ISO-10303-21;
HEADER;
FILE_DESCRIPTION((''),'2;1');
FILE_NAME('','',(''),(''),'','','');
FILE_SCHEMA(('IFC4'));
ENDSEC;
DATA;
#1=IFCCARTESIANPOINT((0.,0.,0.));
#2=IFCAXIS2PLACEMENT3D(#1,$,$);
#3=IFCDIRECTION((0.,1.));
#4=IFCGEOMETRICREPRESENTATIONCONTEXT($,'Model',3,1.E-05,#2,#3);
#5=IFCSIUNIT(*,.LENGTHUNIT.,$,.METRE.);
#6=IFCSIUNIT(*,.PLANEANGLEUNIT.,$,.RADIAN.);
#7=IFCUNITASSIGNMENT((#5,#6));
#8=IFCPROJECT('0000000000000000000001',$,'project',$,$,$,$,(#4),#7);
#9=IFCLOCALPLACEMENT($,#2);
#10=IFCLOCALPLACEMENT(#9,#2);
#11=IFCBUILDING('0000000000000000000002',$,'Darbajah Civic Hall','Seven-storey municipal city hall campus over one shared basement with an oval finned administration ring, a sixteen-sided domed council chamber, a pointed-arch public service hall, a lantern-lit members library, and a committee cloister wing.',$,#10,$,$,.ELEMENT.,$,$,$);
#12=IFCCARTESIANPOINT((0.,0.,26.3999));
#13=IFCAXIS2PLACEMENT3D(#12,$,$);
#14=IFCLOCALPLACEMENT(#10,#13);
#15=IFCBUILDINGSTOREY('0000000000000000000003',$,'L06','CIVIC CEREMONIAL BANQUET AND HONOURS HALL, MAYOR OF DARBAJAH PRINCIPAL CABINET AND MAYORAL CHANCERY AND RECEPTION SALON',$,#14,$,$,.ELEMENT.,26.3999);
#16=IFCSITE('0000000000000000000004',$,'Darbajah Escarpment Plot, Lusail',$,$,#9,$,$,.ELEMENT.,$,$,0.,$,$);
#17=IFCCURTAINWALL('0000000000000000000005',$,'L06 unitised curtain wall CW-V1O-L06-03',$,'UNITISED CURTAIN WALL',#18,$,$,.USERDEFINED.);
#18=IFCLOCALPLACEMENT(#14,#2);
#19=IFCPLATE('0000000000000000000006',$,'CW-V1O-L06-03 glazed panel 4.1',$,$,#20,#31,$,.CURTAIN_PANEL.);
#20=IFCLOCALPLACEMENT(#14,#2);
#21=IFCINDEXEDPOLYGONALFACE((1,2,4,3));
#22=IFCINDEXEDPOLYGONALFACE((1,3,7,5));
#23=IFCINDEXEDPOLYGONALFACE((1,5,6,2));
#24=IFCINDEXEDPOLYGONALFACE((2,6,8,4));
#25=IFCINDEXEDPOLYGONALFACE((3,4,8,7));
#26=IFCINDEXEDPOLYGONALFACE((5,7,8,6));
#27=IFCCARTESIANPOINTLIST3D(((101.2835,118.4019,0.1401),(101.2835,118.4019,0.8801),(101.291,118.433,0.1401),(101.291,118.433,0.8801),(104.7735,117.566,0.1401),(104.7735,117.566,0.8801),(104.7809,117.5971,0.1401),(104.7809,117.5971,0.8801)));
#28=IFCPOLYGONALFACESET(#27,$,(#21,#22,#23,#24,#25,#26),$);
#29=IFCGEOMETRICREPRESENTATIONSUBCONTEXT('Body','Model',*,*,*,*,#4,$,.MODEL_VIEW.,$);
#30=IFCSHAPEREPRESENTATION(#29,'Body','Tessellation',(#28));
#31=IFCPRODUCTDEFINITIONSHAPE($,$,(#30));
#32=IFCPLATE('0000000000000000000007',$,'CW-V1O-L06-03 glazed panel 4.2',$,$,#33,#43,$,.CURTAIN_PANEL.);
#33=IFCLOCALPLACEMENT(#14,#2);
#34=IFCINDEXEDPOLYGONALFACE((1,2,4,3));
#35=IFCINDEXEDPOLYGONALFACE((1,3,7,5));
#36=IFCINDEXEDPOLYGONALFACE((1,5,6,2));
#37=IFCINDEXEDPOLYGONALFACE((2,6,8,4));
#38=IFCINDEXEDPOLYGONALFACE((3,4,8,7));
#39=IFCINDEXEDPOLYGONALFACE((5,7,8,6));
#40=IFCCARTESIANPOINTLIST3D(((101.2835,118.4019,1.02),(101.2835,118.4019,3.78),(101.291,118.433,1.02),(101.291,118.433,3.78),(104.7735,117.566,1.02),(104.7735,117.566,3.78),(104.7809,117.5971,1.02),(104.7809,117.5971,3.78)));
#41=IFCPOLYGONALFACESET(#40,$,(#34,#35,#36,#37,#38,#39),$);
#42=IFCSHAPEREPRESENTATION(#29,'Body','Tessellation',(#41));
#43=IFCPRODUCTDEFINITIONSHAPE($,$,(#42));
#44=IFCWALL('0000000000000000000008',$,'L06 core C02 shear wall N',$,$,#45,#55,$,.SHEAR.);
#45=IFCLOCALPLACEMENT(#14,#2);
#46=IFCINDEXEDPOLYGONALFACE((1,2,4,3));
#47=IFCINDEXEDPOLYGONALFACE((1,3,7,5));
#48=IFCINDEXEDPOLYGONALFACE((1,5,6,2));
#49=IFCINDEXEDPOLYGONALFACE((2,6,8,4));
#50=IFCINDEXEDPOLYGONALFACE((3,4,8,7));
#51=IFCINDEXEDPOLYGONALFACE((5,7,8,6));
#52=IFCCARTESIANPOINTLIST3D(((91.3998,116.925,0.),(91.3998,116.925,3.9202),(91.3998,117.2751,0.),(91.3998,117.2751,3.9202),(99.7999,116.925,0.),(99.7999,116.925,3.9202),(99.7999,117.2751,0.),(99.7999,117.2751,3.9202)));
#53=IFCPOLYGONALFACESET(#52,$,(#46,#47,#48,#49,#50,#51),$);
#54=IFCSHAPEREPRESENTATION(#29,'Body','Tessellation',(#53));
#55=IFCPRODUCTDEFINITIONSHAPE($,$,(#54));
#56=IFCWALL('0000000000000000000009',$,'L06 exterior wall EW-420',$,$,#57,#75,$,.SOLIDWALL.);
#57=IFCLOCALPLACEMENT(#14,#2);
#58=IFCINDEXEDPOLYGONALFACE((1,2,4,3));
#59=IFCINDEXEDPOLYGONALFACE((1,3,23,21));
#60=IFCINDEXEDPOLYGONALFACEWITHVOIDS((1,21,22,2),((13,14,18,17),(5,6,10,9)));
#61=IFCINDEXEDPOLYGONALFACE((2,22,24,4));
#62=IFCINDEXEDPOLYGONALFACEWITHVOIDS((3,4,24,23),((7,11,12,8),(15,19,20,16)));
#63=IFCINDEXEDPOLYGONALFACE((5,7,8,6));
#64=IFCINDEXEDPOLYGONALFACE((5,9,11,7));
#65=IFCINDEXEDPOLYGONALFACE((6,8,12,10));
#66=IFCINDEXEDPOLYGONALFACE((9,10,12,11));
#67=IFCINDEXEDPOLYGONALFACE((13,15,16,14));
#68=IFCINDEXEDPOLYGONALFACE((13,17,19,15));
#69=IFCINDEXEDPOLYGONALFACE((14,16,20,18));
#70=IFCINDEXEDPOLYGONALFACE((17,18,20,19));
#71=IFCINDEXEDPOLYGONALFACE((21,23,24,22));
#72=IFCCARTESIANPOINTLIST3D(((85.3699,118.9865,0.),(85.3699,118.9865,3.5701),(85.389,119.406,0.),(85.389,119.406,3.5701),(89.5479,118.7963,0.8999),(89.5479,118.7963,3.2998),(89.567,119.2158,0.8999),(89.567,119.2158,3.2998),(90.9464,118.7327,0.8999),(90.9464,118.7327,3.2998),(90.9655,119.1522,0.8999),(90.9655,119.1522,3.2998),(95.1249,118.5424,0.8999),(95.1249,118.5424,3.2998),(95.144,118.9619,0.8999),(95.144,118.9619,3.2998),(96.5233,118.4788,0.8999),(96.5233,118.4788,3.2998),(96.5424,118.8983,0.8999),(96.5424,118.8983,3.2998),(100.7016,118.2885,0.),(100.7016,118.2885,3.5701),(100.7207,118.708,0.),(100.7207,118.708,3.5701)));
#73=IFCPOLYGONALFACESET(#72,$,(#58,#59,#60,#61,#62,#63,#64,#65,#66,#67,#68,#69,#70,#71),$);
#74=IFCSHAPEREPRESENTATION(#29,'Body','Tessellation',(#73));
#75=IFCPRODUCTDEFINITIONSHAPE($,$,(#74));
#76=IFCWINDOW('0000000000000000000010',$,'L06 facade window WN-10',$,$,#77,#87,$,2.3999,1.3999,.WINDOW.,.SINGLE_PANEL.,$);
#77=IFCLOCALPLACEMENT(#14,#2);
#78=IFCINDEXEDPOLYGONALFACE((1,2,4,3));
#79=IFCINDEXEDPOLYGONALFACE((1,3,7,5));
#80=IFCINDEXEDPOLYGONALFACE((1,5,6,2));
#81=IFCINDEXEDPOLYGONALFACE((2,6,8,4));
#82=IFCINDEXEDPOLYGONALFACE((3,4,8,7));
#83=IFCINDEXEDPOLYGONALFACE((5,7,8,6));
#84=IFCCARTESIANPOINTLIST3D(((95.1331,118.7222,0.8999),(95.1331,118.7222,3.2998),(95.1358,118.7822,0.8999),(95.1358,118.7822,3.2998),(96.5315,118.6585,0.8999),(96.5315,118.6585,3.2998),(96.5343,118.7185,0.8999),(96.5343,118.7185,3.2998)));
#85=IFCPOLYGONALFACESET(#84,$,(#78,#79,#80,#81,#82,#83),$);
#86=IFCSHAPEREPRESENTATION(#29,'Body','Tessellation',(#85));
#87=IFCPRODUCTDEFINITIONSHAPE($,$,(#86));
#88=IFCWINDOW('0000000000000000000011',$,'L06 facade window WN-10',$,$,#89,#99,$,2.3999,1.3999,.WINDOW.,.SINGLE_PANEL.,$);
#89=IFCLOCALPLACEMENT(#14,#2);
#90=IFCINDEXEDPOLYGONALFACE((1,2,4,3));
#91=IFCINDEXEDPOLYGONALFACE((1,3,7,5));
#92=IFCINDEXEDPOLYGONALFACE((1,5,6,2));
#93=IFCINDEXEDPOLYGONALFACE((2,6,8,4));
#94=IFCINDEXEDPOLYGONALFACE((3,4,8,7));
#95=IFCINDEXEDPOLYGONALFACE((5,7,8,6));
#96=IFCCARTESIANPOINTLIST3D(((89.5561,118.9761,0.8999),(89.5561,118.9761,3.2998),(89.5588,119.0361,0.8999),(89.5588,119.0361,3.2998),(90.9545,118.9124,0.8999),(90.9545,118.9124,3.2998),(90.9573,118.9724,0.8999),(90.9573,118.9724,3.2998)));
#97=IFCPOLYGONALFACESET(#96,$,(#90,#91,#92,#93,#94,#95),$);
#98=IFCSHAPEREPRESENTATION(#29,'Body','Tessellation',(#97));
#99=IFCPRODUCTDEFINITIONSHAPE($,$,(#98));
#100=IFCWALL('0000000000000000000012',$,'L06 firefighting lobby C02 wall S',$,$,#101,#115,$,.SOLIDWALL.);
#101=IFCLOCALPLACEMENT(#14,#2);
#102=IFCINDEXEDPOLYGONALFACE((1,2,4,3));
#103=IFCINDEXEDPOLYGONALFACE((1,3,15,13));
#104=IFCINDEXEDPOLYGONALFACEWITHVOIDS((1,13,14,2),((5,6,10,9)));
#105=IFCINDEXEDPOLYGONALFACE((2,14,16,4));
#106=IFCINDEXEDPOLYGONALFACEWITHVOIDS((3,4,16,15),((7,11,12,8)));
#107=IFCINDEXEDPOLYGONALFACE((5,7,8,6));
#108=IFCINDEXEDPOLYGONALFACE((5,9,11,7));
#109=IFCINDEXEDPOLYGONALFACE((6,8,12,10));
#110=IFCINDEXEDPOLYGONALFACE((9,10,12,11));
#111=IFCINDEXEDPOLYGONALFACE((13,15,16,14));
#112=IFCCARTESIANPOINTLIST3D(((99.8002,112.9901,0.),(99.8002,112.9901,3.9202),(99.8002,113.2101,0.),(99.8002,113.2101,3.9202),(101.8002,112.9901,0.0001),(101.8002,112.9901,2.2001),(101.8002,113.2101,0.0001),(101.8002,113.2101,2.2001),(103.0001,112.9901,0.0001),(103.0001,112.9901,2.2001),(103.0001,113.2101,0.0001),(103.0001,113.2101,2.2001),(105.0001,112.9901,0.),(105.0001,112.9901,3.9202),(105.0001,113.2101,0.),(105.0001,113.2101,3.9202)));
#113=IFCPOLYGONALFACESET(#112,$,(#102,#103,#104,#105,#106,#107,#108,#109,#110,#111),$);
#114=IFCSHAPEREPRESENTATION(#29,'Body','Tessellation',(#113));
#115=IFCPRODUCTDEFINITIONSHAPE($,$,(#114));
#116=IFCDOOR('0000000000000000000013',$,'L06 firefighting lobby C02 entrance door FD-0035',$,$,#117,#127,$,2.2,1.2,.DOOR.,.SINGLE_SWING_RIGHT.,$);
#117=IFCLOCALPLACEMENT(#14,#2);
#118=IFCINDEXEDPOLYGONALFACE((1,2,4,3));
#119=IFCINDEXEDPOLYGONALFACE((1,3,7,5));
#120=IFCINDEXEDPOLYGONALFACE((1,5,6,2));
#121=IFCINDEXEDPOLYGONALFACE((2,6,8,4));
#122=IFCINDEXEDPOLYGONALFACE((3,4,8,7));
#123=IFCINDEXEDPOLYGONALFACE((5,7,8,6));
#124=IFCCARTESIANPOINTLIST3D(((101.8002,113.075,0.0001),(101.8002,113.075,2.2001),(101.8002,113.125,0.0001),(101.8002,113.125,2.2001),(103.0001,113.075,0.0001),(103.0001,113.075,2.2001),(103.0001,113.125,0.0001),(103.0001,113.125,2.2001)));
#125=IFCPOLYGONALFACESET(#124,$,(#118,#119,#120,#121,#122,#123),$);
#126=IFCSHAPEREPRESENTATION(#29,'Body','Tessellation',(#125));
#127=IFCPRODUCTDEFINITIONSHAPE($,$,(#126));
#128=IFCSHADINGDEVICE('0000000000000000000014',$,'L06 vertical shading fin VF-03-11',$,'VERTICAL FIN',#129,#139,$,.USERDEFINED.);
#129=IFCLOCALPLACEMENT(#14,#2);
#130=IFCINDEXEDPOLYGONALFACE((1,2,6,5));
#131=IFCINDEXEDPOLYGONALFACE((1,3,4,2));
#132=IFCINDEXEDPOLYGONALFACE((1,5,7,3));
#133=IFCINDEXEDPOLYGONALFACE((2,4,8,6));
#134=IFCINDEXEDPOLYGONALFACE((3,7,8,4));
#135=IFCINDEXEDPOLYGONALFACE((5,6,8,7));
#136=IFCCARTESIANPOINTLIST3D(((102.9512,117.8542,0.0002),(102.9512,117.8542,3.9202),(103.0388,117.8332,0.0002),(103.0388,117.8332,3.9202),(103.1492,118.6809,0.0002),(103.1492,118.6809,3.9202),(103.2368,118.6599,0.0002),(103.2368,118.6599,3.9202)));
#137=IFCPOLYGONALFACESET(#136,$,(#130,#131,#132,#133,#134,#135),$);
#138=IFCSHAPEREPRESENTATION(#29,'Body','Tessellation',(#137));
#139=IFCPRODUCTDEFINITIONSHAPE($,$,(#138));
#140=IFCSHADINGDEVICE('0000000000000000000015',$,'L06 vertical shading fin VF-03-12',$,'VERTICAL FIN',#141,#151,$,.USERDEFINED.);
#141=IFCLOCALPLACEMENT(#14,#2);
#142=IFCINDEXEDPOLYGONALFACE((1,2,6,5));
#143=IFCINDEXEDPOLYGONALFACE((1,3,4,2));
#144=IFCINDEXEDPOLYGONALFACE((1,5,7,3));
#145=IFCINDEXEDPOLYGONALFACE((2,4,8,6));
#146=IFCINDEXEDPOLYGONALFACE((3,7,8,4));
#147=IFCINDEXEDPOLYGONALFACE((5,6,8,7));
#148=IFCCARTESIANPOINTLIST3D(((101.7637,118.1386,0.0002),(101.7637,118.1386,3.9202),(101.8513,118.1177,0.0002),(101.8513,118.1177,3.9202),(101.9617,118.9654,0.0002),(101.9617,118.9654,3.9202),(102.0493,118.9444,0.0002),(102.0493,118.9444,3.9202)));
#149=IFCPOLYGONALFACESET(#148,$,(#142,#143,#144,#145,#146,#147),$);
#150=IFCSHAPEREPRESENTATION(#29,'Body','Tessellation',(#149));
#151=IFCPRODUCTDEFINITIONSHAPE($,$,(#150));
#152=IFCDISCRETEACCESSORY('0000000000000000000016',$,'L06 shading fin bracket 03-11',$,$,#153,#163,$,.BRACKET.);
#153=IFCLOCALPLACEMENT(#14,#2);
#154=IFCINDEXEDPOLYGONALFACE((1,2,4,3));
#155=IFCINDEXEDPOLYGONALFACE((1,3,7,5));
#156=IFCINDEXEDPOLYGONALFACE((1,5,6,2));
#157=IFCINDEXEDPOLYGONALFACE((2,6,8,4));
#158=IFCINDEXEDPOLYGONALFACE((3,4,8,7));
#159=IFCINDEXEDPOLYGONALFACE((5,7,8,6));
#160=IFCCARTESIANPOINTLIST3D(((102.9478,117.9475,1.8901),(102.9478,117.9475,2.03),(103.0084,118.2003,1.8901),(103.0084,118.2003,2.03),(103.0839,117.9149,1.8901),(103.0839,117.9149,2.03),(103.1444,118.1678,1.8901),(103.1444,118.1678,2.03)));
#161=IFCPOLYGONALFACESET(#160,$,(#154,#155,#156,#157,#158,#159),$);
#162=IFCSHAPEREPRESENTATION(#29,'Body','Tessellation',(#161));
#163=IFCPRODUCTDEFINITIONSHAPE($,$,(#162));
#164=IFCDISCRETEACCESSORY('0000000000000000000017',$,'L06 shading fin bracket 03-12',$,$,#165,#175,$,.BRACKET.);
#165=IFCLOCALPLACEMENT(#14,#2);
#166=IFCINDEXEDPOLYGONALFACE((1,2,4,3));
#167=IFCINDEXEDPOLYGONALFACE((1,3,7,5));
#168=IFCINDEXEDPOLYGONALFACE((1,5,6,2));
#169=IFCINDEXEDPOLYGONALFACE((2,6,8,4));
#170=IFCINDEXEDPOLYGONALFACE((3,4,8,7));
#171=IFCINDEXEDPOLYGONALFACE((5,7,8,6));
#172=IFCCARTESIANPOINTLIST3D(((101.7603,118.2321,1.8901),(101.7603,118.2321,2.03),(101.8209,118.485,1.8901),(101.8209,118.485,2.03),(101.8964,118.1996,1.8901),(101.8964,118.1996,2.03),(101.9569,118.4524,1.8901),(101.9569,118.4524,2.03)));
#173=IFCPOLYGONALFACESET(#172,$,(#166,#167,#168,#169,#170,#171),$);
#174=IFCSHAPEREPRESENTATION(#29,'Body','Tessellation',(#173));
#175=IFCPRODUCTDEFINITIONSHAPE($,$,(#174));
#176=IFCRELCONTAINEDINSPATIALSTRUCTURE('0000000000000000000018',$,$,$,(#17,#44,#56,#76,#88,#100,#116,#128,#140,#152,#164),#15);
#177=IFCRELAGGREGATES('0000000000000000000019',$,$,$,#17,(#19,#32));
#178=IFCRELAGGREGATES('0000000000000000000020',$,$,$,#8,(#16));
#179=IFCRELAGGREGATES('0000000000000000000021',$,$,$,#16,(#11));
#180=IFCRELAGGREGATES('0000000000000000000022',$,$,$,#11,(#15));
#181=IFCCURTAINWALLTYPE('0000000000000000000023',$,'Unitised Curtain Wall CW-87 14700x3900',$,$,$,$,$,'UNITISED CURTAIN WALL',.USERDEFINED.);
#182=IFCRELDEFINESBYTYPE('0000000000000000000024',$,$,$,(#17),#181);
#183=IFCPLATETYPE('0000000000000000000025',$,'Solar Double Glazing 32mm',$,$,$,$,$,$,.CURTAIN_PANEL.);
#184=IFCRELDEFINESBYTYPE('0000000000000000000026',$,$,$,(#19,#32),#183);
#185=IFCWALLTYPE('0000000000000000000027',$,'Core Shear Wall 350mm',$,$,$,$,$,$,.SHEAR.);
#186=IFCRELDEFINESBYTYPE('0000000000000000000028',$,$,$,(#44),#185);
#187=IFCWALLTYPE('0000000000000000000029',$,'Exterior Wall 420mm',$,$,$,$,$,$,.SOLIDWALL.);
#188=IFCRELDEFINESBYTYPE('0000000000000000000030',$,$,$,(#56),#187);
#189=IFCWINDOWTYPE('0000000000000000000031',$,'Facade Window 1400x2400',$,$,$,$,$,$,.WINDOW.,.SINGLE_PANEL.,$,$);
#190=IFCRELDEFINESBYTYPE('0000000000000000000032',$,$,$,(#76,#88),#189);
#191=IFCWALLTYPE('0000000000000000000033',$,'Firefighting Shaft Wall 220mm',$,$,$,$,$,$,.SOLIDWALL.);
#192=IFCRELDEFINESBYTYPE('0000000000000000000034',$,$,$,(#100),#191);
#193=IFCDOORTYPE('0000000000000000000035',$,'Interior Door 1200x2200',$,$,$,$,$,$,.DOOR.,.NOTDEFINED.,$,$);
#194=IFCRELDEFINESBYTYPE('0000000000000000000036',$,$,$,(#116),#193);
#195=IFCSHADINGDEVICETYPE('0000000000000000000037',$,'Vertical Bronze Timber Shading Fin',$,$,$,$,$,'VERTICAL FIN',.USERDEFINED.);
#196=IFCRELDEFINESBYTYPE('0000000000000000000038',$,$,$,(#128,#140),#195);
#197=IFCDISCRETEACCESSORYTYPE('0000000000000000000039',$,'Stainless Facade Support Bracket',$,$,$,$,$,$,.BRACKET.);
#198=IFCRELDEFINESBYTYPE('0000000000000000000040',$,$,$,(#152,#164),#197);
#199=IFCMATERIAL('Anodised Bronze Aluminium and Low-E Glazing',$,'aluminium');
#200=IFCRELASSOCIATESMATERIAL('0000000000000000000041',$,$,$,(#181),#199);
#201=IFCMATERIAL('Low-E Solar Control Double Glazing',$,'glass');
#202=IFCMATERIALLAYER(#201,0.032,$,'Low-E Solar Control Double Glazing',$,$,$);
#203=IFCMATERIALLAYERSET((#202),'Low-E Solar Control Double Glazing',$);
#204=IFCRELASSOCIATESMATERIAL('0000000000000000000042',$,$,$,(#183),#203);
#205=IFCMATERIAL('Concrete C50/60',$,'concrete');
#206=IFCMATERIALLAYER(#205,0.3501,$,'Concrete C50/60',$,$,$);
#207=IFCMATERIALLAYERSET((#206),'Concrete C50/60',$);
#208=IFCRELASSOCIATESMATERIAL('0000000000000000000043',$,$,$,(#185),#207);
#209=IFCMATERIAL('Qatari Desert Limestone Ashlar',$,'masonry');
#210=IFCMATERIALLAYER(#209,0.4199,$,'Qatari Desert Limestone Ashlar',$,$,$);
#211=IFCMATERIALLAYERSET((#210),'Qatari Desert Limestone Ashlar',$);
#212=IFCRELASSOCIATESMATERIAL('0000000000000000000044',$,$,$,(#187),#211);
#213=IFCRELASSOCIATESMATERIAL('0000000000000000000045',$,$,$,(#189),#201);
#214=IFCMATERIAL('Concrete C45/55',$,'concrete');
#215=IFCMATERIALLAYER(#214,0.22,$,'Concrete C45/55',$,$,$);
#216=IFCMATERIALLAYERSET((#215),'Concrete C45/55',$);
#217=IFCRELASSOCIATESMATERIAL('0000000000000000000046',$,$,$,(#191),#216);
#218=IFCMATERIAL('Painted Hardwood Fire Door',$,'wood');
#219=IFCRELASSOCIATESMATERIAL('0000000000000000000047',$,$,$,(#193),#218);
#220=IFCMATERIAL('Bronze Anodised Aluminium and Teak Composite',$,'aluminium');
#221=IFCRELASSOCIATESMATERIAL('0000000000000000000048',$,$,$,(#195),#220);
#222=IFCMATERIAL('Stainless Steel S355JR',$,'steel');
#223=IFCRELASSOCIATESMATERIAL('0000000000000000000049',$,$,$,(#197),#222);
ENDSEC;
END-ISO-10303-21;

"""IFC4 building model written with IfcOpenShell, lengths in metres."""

from ifc_helpers import new_model, si_unit, direction, frame, frame_2d, origin, origin_2d, place, context, subcontext, project, spatial, rectangle, extrude, material, layer, layer_set, type_object, element, fill, aggregate, save


model = new_model("IFC4")

# Units and contexts
model_context = context("Model", 3, precision=1e-05, world=origin(), true_north=direction((0.0, 1.0)))
body_context = subcontext(model_context, "Body", "Model", "MODEL_VIEW")
ifc_project = project(units=[si_unit("LENGTHUNIT", "METRE"), si_unit("PLANEANGLEUNIT", "RADIAN")], contexts=[model_context])

# Site, building, storey
site_placement = place(None, origin())
site = spatial("IfcSite", under=ifc_project, at=site_placement, Name="Darbajah Escarpment Plot, Lusail", CompositionType="ELEMENT", RefElevation=0.0)
building_placement = place(site_placement, origin())
building = spatial("IfcBuilding", under=site, at=building_placement, Name="Darbajah Civic Hall", Description="Seven-storey municipal city hall campus over one shared basement with an oval finned administration ring, a sixteen-sided domed council chamber, a pointed-arch public service hall, a lantern-lit members library, and a committee cloister wing.", CompositionType="ELEMENT")
storey_placement = place(building_placement, frame((0.0, 0.0, 26.3999)))
storey = spatial("IfcBuildingStorey", under=building, at=storey_placement, Name="L06", Description="CIVIC CEREMONIAL BANQUET AND HONOURS HALL, MAYOR OF DARBAJAH PRINCIPAL CABINET AND MAYORAL CHANCERY AND RECEPTION SALON", CompositionType="ELEMENT", Elevation=26.3999)

# Shared definitions
ifc_material_1 = material(Name="Concrete C45/55", Category="concrete")

# Curtain wall
ifc_material_2 = material(Name="Anodised Bronze Aluminium and Low-E Glazing", Category="aluminium")
curtain_wall_type_1 = type_object("IfcCurtainWallType", Name="Unitised Curtain Wall CW-87 14700x3900", ElementType="UNITISED CURTAIN WALL", PredefinedType="USERDEFINED", material=ifc_material_2)
curtain_wall_1_placement = place(storey_placement, origin())
curtain_wall_1 = element("IfcCurtainWall", 1, at=curtain_wall_1_placement, inside=storey, type_object=curtain_wall_type_1, Name="L06 unitised curtain wall CW-V1O-L06-03", ObjectType="UNITISED CURTAIN WALL", PredefinedType="USERDEFINED")

# Plates
ifc_material_3 = material(Name="Low-E Solar Control Double Glazing", Category="glass")
ifc_layer_1 = layer(ifc_material_3, 0.032, Name="Low-E Solar Control Double Glazing")
ifc_layer_set_1 = layer_set([ifc_layer_1], Name="Low-E Solar Control Double Glazing")
plate_type_1 = type_object("IfcPlateType", Name="Solar Double Glazing 32mm", PredefinedType="CURTAIN_PANEL", material=ifc_layer_set_1)
plate_1_placement = place(storey_placement, frame((103.0322, 117.9995, 0.1401), z_axis=(0.0, 0.0, 1.0), x_axis=(-0.972492, 0.232936, 0.0)))
plate_1 = element("IfcPlate", 2, at=plate_1_placement, type_object=plate_type_1, Name="CW-V1O-L06-03 glazed panel 4.1", PredefinedType="CURTAIN_PANEL", context=body_context, shape_type="SweptSolid", body=[
    extrude(rectangle(XDim=3.5886, YDim=0.032, at=origin_2d()), origin(), (0.0, 0.0, 1.0), 0.74),
])
plate_2_placement = place(storey_placement, frame((103.0322, 117.9995, 1.02), z_axis=(0.0, 0.0, 1.0), x_axis=(-0.972492, 0.232936, 0.0)))
plate_2 = element("IfcPlate", 3, at=plate_2_placement, type_object=plate_type_1, Name="CW-V1O-L06-03 glazed panel 4.2", PredefinedType="CURTAIN_PANEL", context=body_context, shape_type="SweptSolid", body=[
    extrude(rectangle(XDim=3.5886, YDim=0.032, at=origin_2d()), origin(), (0.0, 0.0, 1.0), 2.76),
])
aggregate(curtain_wall_1, [plate_1, plate_2])

# Wall
ifc_material_4 = material(Name="Concrete C50/60", Category="concrete")
ifc_layer_2 = layer(ifc_material_4, 0.3501, Name="Concrete C50/60")
ifc_layer_set_2 = layer_set([ifc_layer_2], Name="Concrete C50/60")
wall_type_1 = type_object("IfcWallType", Name="Core Shear Wall 350mm", PredefinedType="SHEAR", material=ifc_layer_set_2)
wall_1_placement = place(storey_placement, frame((99.8, 117.1001, 0.0), z_axis=(0.0, 0.0, 1.0), x_axis=(-1.0, 0.0, 0.0)))
element("IfcWall", 4, at=wall_1_placement, inside=storey, type_object=wall_type_1, Name="L06 core C02 shear wall N", PredefinedType="SHEAR", context=body_context, shape_type="SweptSolid", body=[
    extrude(rectangle(XDim=8.4001, YDim=0.3501, at=frame_2d((4.2002, 0.0))), origin(), (0.0, 0.0, 1.0), 3.9202),
])

# Wall, openings, windows
ifc_material_5 = material(Name="Qatari Desert Limestone Ashlar", Category="masonry")
ifc_layer_3 = layer(ifc_material_5, 0.4199, Name="Qatari Desert Limestone Ashlar")
ifc_layer_set_3 = layer_set([ifc_layer_3], Name="Qatari Desert Limestone Ashlar")
wall_type_2 = type_object("IfcWallType", Name="Exterior Wall 420mm", PredefinedType="SOLIDWALL", material=ifc_layer_set_3)
wall_2_placement = place(storey_placement, frame((100.7112, 118.4983, 0.0), z_axis=(0.0, 0.0, 1.0), x_axis=(-0.998965, 0.045479, 0.0)))
wall_2 = element("IfcWall", 5, at=wall_2_placement, inside=storey, type_object=wall_type_2, Name="L06 exterior wall EW-420", PredefinedType="SOLIDWALL", context=body_context, shape_type="SweptSolid", body=[
    extrude(rectangle(XDim=15.3477, YDim=0.4199, at=frame_2d((7.6738, 0.0))), origin(), (0.0, 0.0, 1.0), 3.5701),
])
opening_1_placement = place(wall_2_placement, frame((4.1826, 0.0, 0.8999)))
opening_1 = element("IfcOpeningElement", 6, at=opening_1_placement, cuts=wall_2, PredefinedType="OPENING", context=body_context, shape_type="SweptSolid", body=[
    extrude(rectangle(XDim=1.3999, YDim=2.3999, at=frame_2d((0.7, 1.2))), frame((0.0, 0.22, 0.0), z_axis=(0.0, -1.0, 0.0), x_axis=(1.0, 0.0, 0.0)), (0.0, 0.0, 1.0), 0.4399),
])
opening_2_placement = place(wall_2_placement, frame((9.7654, 0.0, 0.8999)))
opening_2 = element("IfcOpeningElement", 7, at=opening_2_placement, cuts=wall_2, PredefinedType="OPENING", context=body_context, shape_type="SweptSolid", body=[
    extrude(rectangle(XDim=1.3999, YDim=2.3999, at=frame_2d((0.7, 1.2))), frame((0.0, 0.22, 0.0), z_axis=(0.0, -1.0, 0.0), x_axis=(1.0, 0.0, 0.0)), (0.0, 0.0, 1.0), 0.4399),
])
window_type = type_object("IfcWindowType", Name="Facade Window 1400x2400", PartitioningType="SINGLE_PANEL", PredefinedType="WINDOW", material=ifc_material_3)
window_1_placement = place(opening_1_placement, origin())
window_1 = element("IfcWindow", 8, at=window_1_placement, inside=storey, type_object=window_type, Name="L06 facade window WN-10", OverallHeight=2.3999, OverallWidth=1.3999, PartitioningType="SINGLE_PANEL", PredefinedType="WINDOW", context=body_context, shape_type="SweptSolid", body=[
    extrude(rectangle(XDim=1.3999, YDim=2.3999, at=frame_2d((0.7, 1.2))), frame((0.0, 0.03, 0.0), z_axis=(0.0, -1.0, 0.0), x_axis=(1.0, 0.0, 0.0)), (0.0, 0.0, 1.0), 0.0601),
])
fill(opening_1, window_1)
window_2_placement = place(opening_2_placement, origin())
window_2 = element("IfcWindow", 9, at=window_2_placement, inside=storey, type_object=window_type, Name="L06 facade window WN-10", OverallHeight=2.3999, OverallWidth=1.3999, PartitioningType="SINGLE_PANEL", PredefinedType="WINDOW", context=body_context, shape_type="SweptSolid", body=[
    extrude(rectangle(XDim=1.3999, YDim=2.3999, at=frame_2d((0.7, 1.2))), frame((0.0, 0.03, 0.0), z_axis=(0.0, -1.0, 0.0), x_axis=(1.0, 0.0, 0.0)), (0.0, 0.0, 1.0), 0.0601),
])
fill(opening_2, window_2)

# Wall, opening, door
ifc_layer_4 = layer(ifc_material_1, 0.22, Name="Concrete C45/55")
ifc_layer_set_4 = layer_set([ifc_layer_4], Name="Concrete C45/55")
wall_type_3 = type_object("IfcWallType", Name="Firefighting Shaft Wall 220mm", PredefinedType="SOLIDWALL", material=ifc_layer_set_4)
wall_3_placement = place(storey_placement, frame((99.8, 113.1001, 0.0), z_axis=(0.0, 0.0, 1.0), x_axis=(1.0, 0.0, 0.0)))
wall_3 = element("IfcWall", 10, at=wall_3_placement, inside=storey, type_object=wall_type_3, Name="L06 firefighting lobby C02 wall S", PredefinedType="SOLIDWALL", context=body_context, shape_type="SweptSolid", body=[
    extrude(rectangle(XDim=5.2, YDim=0.22, at=frame_2d((2.6001, 0.0))), origin(), (0.0, 0.0, 1.0), 3.9202),
])
opening_3_placement = place(wall_3_placement, frame((2.0, 0.0, 0.0)))
opening_3 = element("IfcOpeningElement", 11, at=opening_3_placement, cuts=wall_3, PredefinedType="OPENING", context=body_context, shape_type="SweptSolid", body=[
    extrude(rectangle(XDim=1.2, YDim=2.2, at=frame_2d((0.6001, 1.1001))), frame((0.0, 0.1199, 0.0), z_axis=(0.0, -1.0, 0.0), x_axis=(1.0, 0.0, 0.0)), (0.0, 0.0, 1.0), 0.24),
])
ifc_material_6 = material(Name="Painted Hardwood Fire Door", Category="wood")
door_type = type_object("IfcDoorType", Name="Interior Door 1200x2200", OperationType="NOTDEFINED", PredefinedType="DOOR", material=ifc_material_6)
door_placement = place(opening_3_placement, origin())
door = element("IfcDoor", 12, at=door_placement, inside=storey, type_object=door_type, Name="L06 firefighting lobby C02 entrance door FD-0035", OperationType="SINGLE_SWING_RIGHT", OverallHeight=2.2, OverallWidth=1.2, PredefinedType="DOOR", context=body_context, shape_type="SweptSolid", body=[
    extrude(rectangle(XDim=1.2, YDim=2.2, at=frame_2d((0.6001, 1.1001))), frame((0.0, 0.0249, 0.0), z_axis=(0.0, -1.0, 0.0), x_axis=(1.0, 0.0, 0.0)), (0.0, 0.0, 1.0), 0.05),
])
fill(opening_3, door)

# Shading devices
ifc_material_7 = material(Name="Bronze Anodised Aluminium and Teak Composite", Category="aluminium")
shading_device_type = type_object("IfcShadingDeviceType", Name="Vertical Bronze Timber Shading Fin", ElementType="VERTICAL FIN", PredefinedType="USERDEFINED", material=ifc_material_7)
for number, where, z_axis, x_axis, name in (
    (13, (103.094, 118.2571, 0.0002), (0.0, 0.0, 1.0), (0.232936, 0.972492, 0.0), "L06 vertical shading fin VF-03-11"),
    (14, (101.9065, 118.5415, 0.0002), (0.0, 0.0, 1.0), (0.232936, 0.972492, 0.0), "L06 vertical shading fin VF-03-12"),
):
    element("IfcShadingDevice", number, at=place(storey_placement, frame(where, z_axis=z_axis, x_axis=x_axis)), inside=storey, type_object=shading_device_type, Name=name, ObjectType="VERTICAL FIN", PredefinedType="USERDEFINED", context=body_context, shape_type="SweptSolid", body=[
        extrude(rectangle(XDim=0.8501, YDim=0.0901, at=origin_2d()), origin(), (0.0, 0.0, 1.0), 3.9199),
    ])

# Discrete accessories
ifc_material_8 = material(Name="Stainless Steel S355JR", Category="steel")
discrete_accessory_type = type_object("IfcDiscreteAccessoryType", Name="Stainless Facade Support Bracket", PredefinedType="BRACKET", material=ifc_material_8)
for number, where, z_axis, x_axis, name in (
    (15, (103.0461, 118.0576, 1.8901), (0.0, 0.0, 1.0), (0.232936, 0.972492, 0.0), "L06 shading fin bracket 03-11"),
    (16, (101.8586, 118.3423, 1.8901), (0.0, 0.0, 1.0), (0.232936, 0.972492, 0.0), "L06 shading fin bracket 03-12"),
):
    element("IfcDiscreteAccessory", number, at=place(storey_placement, frame(where, z_axis=z_axis, x_axis=x_axis)), inside=storey, type_object=discrete_accessory_type, Name=name, PredefinedType="BRACKET", context=body_context, shape_type="SweptSolid", body=[
        extrude(rectangle(XDim=0.26, YDim=0.1399, at=origin_2d()), origin(), (0.0, 0.0, 1.0), 0.1399),
    ])

save(model, "model.ifc")
